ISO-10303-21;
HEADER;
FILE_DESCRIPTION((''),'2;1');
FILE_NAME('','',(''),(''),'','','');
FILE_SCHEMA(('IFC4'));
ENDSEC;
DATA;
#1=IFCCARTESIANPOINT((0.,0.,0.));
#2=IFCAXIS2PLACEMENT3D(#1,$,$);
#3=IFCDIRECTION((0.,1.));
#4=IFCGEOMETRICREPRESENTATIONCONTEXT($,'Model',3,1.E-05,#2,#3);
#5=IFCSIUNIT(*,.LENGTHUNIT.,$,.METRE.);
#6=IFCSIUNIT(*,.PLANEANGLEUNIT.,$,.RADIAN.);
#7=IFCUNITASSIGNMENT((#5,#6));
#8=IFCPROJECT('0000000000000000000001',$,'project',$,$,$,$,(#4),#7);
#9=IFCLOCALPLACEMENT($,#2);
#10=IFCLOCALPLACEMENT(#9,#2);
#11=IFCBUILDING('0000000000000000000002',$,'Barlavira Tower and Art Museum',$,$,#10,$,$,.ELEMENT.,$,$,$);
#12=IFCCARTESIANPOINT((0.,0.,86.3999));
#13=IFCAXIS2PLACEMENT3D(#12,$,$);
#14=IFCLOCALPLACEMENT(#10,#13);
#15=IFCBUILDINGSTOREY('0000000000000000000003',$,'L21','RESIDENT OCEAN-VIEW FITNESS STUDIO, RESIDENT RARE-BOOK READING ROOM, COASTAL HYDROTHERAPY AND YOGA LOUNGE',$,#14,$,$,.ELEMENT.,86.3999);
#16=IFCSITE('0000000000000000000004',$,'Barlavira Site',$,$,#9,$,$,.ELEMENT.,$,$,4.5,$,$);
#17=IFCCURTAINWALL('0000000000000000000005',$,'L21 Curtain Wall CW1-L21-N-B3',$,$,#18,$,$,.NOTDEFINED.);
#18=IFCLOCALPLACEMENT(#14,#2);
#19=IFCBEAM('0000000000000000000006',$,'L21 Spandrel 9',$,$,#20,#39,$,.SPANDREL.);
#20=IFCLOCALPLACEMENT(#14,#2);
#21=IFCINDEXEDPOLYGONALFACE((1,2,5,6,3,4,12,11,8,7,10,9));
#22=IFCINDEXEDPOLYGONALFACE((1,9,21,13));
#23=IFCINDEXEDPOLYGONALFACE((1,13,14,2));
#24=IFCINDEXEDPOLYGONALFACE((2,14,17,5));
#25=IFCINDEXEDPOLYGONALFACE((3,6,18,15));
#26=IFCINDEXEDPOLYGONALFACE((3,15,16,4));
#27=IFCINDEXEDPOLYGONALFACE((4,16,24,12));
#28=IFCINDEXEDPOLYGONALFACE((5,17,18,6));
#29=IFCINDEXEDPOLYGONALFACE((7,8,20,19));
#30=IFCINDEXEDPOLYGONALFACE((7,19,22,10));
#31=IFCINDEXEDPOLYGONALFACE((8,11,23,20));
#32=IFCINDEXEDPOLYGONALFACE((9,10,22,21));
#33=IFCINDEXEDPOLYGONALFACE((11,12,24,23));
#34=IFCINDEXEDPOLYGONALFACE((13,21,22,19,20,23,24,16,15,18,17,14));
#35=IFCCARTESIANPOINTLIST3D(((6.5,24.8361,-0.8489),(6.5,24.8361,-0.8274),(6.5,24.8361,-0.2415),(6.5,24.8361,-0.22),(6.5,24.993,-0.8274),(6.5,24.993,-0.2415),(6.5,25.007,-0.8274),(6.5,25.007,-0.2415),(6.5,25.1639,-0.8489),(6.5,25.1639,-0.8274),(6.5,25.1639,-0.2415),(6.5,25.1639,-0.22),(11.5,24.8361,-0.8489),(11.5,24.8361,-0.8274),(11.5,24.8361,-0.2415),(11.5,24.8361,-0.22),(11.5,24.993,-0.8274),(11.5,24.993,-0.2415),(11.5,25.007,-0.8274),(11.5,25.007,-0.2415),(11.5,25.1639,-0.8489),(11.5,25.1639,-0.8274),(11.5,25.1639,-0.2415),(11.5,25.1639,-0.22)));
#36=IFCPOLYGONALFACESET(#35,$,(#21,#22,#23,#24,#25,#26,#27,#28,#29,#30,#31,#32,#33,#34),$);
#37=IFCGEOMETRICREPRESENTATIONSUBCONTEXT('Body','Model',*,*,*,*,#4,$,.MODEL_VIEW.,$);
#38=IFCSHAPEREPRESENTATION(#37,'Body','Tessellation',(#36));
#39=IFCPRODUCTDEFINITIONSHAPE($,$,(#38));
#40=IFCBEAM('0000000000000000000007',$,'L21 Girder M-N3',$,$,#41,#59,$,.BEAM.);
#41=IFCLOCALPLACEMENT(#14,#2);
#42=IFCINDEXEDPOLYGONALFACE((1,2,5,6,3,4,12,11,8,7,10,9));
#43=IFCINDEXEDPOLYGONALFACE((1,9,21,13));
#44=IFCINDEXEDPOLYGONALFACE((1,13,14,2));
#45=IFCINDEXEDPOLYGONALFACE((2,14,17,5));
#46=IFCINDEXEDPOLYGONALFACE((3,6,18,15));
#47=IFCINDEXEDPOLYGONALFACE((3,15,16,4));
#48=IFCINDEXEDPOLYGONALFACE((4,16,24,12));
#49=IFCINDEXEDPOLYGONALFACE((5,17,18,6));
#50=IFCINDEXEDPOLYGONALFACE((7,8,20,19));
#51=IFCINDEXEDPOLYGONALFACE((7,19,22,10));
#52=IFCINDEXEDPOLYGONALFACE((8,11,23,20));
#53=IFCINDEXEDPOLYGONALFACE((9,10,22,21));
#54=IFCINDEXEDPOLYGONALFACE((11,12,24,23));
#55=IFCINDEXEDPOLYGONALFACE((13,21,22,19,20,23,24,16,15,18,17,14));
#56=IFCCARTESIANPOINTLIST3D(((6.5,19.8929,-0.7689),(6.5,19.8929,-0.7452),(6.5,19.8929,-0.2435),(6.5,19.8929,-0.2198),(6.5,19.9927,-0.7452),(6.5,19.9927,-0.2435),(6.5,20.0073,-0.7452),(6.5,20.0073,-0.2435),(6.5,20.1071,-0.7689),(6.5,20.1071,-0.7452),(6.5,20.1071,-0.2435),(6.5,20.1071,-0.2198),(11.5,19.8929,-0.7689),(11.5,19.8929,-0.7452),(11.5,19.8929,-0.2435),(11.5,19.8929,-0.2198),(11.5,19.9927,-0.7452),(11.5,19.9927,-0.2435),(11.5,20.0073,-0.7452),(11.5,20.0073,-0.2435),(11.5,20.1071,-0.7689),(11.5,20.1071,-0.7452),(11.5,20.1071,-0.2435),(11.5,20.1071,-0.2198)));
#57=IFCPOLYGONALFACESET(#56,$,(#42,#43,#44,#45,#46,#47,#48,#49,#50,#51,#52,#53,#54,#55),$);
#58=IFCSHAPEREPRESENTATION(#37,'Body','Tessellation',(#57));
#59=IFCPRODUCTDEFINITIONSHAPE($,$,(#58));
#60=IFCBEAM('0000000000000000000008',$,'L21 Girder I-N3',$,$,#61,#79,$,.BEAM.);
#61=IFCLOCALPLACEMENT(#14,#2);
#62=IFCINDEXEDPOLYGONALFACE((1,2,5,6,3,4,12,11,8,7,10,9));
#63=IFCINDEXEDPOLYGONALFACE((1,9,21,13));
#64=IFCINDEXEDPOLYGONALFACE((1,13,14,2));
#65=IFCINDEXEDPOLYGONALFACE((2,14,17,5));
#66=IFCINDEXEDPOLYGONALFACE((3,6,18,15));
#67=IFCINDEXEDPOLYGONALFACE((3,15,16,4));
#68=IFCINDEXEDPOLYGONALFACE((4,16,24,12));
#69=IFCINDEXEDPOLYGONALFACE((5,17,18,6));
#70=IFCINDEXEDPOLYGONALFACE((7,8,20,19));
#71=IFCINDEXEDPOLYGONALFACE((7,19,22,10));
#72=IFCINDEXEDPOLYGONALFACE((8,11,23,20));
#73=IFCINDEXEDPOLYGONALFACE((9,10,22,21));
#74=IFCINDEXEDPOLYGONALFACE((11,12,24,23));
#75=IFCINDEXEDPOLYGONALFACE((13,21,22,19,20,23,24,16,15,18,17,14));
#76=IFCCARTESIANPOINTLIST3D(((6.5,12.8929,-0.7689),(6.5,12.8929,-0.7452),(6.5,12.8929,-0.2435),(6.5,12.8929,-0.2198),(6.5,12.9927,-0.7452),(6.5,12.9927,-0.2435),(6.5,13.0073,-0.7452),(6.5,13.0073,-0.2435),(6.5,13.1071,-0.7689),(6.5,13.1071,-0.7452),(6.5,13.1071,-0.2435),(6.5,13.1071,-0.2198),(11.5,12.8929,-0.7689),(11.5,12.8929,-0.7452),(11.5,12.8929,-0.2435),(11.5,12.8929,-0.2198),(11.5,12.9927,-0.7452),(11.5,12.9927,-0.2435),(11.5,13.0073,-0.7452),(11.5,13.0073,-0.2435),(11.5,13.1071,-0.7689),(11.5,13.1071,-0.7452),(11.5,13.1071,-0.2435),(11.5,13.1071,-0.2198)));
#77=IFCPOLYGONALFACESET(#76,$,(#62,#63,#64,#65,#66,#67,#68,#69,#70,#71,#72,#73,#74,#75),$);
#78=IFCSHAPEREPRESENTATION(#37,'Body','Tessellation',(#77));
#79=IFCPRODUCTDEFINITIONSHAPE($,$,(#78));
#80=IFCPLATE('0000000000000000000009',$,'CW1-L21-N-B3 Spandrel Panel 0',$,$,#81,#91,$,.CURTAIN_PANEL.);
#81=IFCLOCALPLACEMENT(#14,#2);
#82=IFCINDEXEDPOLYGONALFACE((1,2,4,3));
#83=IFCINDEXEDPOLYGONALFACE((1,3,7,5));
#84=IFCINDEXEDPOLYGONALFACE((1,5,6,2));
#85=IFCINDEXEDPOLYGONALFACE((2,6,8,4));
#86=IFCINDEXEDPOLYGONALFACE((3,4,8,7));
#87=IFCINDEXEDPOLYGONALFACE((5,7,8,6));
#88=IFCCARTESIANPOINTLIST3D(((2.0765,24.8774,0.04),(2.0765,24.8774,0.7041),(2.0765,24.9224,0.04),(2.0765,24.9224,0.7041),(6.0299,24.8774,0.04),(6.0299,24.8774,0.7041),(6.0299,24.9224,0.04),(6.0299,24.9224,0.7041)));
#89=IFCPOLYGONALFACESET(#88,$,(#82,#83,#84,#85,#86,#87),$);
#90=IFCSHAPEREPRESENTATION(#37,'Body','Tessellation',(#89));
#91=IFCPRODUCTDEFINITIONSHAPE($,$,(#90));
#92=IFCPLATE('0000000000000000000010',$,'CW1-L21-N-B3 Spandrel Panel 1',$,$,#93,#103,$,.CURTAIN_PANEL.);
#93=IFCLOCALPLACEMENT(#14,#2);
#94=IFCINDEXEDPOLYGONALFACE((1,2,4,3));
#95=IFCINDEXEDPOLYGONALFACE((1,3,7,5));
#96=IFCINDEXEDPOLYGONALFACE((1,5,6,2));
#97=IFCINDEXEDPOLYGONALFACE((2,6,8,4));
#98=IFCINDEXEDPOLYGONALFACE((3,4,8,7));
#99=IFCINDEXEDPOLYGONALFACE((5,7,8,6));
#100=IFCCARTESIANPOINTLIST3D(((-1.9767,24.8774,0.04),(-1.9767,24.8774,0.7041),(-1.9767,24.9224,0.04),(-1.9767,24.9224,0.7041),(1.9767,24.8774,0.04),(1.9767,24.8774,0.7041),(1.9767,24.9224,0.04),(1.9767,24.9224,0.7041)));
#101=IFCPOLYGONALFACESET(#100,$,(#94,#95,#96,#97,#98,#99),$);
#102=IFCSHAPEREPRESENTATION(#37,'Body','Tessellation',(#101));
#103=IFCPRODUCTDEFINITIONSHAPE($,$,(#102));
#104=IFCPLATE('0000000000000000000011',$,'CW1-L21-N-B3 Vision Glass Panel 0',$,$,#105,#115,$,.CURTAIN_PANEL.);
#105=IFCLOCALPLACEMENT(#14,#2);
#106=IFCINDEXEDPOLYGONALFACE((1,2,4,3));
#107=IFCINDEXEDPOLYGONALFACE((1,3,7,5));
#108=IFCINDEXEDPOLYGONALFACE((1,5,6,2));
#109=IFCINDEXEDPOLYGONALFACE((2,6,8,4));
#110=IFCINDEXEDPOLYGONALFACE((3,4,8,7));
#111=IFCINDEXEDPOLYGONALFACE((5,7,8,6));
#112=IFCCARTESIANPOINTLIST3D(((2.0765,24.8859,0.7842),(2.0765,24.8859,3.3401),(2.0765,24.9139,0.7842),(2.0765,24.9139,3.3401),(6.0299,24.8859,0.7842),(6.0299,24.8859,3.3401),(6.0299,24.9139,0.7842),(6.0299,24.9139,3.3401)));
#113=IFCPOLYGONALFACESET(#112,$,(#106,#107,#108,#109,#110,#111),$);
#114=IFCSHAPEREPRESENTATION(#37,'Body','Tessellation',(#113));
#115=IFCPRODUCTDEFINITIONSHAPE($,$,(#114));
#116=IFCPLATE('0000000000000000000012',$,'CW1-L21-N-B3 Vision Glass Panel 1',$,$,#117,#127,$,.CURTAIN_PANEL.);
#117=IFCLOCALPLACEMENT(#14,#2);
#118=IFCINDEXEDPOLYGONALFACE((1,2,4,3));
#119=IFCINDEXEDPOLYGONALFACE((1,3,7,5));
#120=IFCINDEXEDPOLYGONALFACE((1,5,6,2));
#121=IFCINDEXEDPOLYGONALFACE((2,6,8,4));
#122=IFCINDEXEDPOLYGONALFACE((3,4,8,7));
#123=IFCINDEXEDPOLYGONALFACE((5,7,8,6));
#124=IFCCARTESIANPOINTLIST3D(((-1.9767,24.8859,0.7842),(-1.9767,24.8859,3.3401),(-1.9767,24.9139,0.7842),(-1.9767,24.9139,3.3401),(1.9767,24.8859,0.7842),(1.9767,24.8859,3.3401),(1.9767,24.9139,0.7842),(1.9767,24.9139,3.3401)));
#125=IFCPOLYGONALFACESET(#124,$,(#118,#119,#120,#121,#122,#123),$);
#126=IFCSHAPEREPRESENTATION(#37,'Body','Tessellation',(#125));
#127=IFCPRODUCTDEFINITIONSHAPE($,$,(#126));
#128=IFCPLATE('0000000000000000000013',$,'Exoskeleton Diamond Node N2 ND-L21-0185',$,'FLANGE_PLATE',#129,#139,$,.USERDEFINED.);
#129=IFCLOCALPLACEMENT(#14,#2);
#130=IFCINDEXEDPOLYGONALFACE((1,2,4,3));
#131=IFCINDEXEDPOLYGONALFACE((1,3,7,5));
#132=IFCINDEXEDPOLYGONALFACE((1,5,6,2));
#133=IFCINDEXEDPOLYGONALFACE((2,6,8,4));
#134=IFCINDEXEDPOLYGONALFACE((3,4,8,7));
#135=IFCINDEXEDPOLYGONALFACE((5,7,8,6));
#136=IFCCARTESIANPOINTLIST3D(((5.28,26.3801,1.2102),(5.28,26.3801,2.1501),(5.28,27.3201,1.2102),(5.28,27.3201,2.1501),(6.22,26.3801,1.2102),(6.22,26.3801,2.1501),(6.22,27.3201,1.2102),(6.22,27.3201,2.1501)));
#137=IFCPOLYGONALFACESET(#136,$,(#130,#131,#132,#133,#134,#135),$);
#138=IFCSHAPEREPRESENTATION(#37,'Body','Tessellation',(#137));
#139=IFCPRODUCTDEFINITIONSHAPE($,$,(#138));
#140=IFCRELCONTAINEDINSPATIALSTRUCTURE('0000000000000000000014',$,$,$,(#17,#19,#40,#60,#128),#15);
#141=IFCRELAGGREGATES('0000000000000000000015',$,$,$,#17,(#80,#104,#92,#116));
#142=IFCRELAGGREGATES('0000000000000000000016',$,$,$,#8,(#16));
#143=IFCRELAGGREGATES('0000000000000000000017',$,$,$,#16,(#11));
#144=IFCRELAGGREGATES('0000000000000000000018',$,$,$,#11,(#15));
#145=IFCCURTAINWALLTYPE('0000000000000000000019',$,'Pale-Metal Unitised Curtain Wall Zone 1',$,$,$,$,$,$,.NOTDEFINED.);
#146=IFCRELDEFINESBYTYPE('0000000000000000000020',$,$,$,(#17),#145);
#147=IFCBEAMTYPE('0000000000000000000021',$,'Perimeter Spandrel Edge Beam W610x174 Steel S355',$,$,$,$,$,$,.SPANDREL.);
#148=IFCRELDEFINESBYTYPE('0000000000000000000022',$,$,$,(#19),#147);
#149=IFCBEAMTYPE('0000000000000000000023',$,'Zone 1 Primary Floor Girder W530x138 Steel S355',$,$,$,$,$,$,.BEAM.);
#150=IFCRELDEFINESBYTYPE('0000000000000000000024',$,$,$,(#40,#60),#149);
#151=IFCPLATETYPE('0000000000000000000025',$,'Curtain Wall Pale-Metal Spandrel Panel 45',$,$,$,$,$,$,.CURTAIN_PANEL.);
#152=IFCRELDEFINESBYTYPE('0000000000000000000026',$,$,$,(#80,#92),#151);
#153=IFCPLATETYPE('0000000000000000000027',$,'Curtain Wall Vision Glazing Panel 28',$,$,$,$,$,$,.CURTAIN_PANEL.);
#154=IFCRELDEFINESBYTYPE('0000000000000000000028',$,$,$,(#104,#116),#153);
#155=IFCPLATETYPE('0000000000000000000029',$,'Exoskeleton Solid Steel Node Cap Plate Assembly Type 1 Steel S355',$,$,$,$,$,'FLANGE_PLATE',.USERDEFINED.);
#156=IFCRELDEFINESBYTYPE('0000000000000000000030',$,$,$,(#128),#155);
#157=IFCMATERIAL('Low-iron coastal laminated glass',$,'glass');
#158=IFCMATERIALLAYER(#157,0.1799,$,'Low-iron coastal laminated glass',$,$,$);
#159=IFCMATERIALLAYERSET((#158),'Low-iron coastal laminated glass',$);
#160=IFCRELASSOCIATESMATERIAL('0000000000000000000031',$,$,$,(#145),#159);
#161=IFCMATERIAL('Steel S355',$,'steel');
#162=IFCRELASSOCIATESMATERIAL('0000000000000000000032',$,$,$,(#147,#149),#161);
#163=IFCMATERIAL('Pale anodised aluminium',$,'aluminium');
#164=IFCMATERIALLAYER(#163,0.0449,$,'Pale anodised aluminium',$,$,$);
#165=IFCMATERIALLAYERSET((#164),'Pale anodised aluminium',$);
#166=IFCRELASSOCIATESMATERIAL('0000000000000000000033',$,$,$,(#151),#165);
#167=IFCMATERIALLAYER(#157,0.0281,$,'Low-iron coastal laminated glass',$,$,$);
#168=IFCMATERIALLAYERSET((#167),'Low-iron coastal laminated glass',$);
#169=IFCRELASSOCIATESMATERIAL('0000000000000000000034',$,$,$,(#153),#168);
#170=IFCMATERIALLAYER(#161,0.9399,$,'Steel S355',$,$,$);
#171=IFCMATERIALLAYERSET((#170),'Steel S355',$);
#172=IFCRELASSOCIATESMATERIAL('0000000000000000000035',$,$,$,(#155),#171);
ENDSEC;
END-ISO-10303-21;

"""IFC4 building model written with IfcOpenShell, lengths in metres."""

from ifc_helpers import new_model, si_unit, direction, frame, origin, origin_2d, place, context, subcontext, project, spatial, rectangle, i_section, extrude, material, layer, layer_set, material_profile, profile_set, type_object, element, aggregate, save


model = new_model("IFC4")

# Units and contexts
model_context = context("Model", 3, precision=1e-05, world=origin(), true_north=direction((0.0, 1.0)))
body_context = subcontext(model_context, "Body", "Model", "MODEL_VIEW")
ifc_project = project(units=[si_unit("LENGTHUNIT", "METRE"), si_unit("PLANEANGLEUNIT", "RADIAN")], contexts=[model_context])

# Site, building, storey
site_placement = place(None, origin())
site = spatial("IfcSite", under=ifc_project, at=site_placement, Name="Barlavira Site", CompositionType="ELEMENT", RefElevation=4.5)
building_placement = place(site_placement, origin())
building = spatial("IfcBuilding", under=site, at=building_placement, Name="Barlavira Tower and Art Museum", CompositionType="ELEMENT")
storey_placement = place(building_placement, frame((0.0, 0.0, 86.3999)))
storey = spatial("IfcBuildingStorey", under=building, at=storey_placement, Name="L21", Description="RESIDENT OCEAN-VIEW FITNESS STUDIO, RESIDENT RARE-BOOK READING ROOM, COASTAL HYDROTHERAPY AND YOGA LOUNGE", CompositionType="ELEMENT", Elevation=86.3999)

# Curtain wall
ifc_material_1 = material(Name="Low-iron coastal laminated glass", Category="glass")
ifc_layer_1 = layer(ifc_material_1, 0.1799, Name="Low-iron coastal laminated glass")
ifc_layer_set_1 = layer_set([ifc_layer_1], Name="Low-iron coastal laminated glass")
curtain_wall_type = type_object("IfcCurtainWallType", Name="Pale-Metal Unitised Curtain Wall Zone 1", PredefinedType="NOTDEFINED", material=ifc_layer_set_1)
curtain_wall_placement = place(storey_placement, origin())
curtain_wall = element("IfcCurtainWall", 1, at=curtain_wall_placement, inside=storey, type_object=curtain_wall_type, Name="L21 Curtain Wall CW1-L21-N-B3", PredefinedType="NOTDEFINED")
ifc_material_2 = material(Name="Pale anodised aluminium", Category="aluminium")

# Beams
ifc_material_3 = material(Name="Steel S355", Category="steel")
ifc_material_profile_1 = material_profile(ifc_material_3, i_section(OverallWidth=0.3279, OverallDepth=0.6289, WebThickness=0.0139, FlangeThickness=0.0215, at=origin_2d()), Name="W610x174.0")
ifc_profile_set_1 = profile_set([ifc_material_profile_1], Name="Steel S355")
beam_type_1 = type_object("IfcBeamType", Name="Perimeter Spandrel Edge Beam W610x174 Steel S355", PredefinedType="SPANDREL", material=ifc_profile_set_1)
beam_placement = place(storey_placement, frame((6.5, 25.0, -0.5344), z_axis=(1.0, 0.0, 0.0), x_axis=(0.0, 1.0, 0.0)))
element("IfcBeam", 2, at=beam_placement, inside=storey, type_object=beam_type_1, Name="L21 Spandrel 9", PredefinedType="SPANDREL", context=body_context, shape_type="SweptSolid", body=[
    extrude(i_section(OverallWidth=0.3279, OverallDepth=0.6289, WebThickness=0.0139, FlangeThickness=0.0215, at=origin_2d()), origin(), (0.0, 0.0, 1.0), 5.0),
])
ifc_material_profile_2 = material_profile(ifc_material_3, i_section(OverallWidth=0.2141, OverallDepth=0.5491, WebThickness=0.0146, FlangeThickness=0.0237, at=origin_2d()), Name="W530x138.0")
ifc_profile_set_2 = profile_set([ifc_material_profile_2], Name="Steel S355")
beam_type_2 = type_object("IfcBeamType", Name="Zone 1 Primary Floor Girder W530x138 Steel S355", PredefinedType="BEAM", material=ifc_profile_set_2)
for number, where, z_axis, x_axis, name in (
    (3, (6.5, 20.0, -0.4944), (1.0, 0.0, 0.0), (0.0, 1.0, 0.0), "L21 Girder M-N3"),
    (4, (6.5, 13.0, -0.4944), (1.0, 0.0, 0.0), (0.0, 1.0, 0.0), "L21 Girder I-N3"),
):
    element("IfcBeam", number, at=place(storey_placement, frame(where, z_axis=z_axis, x_axis=x_axis)), inside=storey, type_object=beam_type_2, Name=name, PredefinedType="BEAM", context=body_context, shape_type="SweptSolid", body=[
        extrude(i_section(OverallWidth=0.2141, OverallDepth=0.5491, WebThickness=0.0146, FlangeThickness=0.0237, at=origin_2d()), origin(), (0.0, 0.0, 1.0), 5.0),
    ])

# Plates
ifc_layer_2 = layer(ifc_material_2, 0.0449, Name="Pale anodised aluminium")
ifc_layer_set_2 = layer_set([ifc_layer_2], Name="Pale anodised aluminium")
plate_type_1 = type_object("IfcPlateType", Name="Curtain Wall Pale-Metal Spandrel Panel 45", PredefinedType="CURTAIN_PANEL", material=ifc_layer_set_2)
plate_1_placement = place(storey_placement, frame((4.0532, 24.8999, 0.04), z_axis=(0.0, 0.0, 1.0), x_axis=(-1.0, 0.0, 0.0)))
plate_1 = element("IfcPlate", 5, at=plate_1_placement, type_object=plate_type_1, Name="CW1-L21-N-B3 Spandrel Panel 0", PredefinedType="CURTAIN_PANEL", context=body_context, shape_type="SweptSolid", body=[
    extrude(rectangle(XDim=3.9534, YDim=0.0449, at=origin_2d()), origin(), (0.0, 0.0, 1.0), 0.6641),
])
plate_2_placement = place(storey_placement, frame((0.0, 24.8999, 0.04), z_axis=(0.0, 0.0, 1.0), x_axis=(-1.0, 0.0, 0.0)))
plate_2 = element("IfcPlate", 6, at=plate_2_placement, type_object=plate_type_1, Name="CW1-L21-N-B3 Spandrel Panel 1", PredefinedType="CURTAIN_PANEL", context=body_context, shape_type="SweptSolid", body=[
    extrude(rectangle(XDim=3.9534, YDim=0.0449, at=origin_2d()), origin(), (0.0, 0.0, 1.0), 0.6641),
])
ifc_layer_3 = layer(ifc_material_1, 0.0281, Name="Low-iron coastal laminated glass")
ifc_layer_set_3 = layer_set([ifc_layer_3], Name="Low-iron coastal laminated glass")
plate_type_2 = type_object("IfcPlateType", Name="Curtain Wall Vision Glazing Panel 28", PredefinedType="CURTAIN_PANEL", material=ifc_layer_set_3)
plate_3_placement = place(storey_placement, frame((4.0532, 24.8999, 0.7842), z_axis=(0.0, 0.0, 1.0), x_axis=(-1.0, 0.0, 0.0)))
plate_3 = element("IfcPlate", 7, at=plate_3_placement, type_object=plate_type_2, Name="CW1-L21-N-B3 Vision Glass Panel 0", PredefinedType="CURTAIN_PANEL", context=body_context, shape_type="SweptSolid", body=[
    extrude(rectangle(XDim=3.9534, YDim=0.0281, at=origin_2d()), origin(), (0.0, 0.0, 1.0), 2.5559),
])
plate_4_placement = place(storey_placement, frame((0.0, 24.8999, 0.7842), z_axis=(0.0, 0.0, 1.0), x_axis=(-1.0, 0.0, 0.0)))
plate_4 = element("IfcPlate", 8, at=plate_4_placement, type_object=plate_type_2, Name="CW1-L21-N-B3 Vision Glass Panel 1", PredefinedType="CURTAIN_PANEL", context=body_context, shape_type="SweptSolid", body=[
    extrude(rectangle(XDim=3.9534, YDim=0.0281, at=origin_2d()), origin(), (0.0, 0.0, 1.0), 2.5559),
])
aggregate(curtain_wall, [plate_1, plate_3, plate_2, plate_4])
ifc_layer_4 = layer(ifc_material_3, 0.9399, Name="Steel S355")
ifc_layer_set_4 = layer_set([ifc_layer_4], Name="Steel S355")
plate_type_3 = type_object("IfcPlateType", Name="Exoskeleton Solid Steel Node Cap Plate Assembly Type 1 Steel S355", ElementType="FLANGE_PLATE", PredefinedType="USERDEFINED", material=ifc_layer_set_4)
plate_5_placement = place(storey_placement, frame((5.75, 26.8501, 1.2102), z_axis=(0.0, 0.0, 1.0), x_axis=(1.0, 0.0, 0.0)))
element("IfcPlate", 9, at=plate_5_placement, inside=storey, type_object=plate_type_3, Name="Exoskeleton Diamond Node N2 ND-L21-0185", ObjectType="FLANGE_PLATE", PredefinedType="USERDEFINED", context=body_context, shape_type="SweptSolid", body=[
    extrude(rectangle(XDim=0.9399, YDim=0.9399, at=origin_2d()), origin(), (0.0, 0.0, 1.0), 0.9399),
])

save(model, "model.ifc")
